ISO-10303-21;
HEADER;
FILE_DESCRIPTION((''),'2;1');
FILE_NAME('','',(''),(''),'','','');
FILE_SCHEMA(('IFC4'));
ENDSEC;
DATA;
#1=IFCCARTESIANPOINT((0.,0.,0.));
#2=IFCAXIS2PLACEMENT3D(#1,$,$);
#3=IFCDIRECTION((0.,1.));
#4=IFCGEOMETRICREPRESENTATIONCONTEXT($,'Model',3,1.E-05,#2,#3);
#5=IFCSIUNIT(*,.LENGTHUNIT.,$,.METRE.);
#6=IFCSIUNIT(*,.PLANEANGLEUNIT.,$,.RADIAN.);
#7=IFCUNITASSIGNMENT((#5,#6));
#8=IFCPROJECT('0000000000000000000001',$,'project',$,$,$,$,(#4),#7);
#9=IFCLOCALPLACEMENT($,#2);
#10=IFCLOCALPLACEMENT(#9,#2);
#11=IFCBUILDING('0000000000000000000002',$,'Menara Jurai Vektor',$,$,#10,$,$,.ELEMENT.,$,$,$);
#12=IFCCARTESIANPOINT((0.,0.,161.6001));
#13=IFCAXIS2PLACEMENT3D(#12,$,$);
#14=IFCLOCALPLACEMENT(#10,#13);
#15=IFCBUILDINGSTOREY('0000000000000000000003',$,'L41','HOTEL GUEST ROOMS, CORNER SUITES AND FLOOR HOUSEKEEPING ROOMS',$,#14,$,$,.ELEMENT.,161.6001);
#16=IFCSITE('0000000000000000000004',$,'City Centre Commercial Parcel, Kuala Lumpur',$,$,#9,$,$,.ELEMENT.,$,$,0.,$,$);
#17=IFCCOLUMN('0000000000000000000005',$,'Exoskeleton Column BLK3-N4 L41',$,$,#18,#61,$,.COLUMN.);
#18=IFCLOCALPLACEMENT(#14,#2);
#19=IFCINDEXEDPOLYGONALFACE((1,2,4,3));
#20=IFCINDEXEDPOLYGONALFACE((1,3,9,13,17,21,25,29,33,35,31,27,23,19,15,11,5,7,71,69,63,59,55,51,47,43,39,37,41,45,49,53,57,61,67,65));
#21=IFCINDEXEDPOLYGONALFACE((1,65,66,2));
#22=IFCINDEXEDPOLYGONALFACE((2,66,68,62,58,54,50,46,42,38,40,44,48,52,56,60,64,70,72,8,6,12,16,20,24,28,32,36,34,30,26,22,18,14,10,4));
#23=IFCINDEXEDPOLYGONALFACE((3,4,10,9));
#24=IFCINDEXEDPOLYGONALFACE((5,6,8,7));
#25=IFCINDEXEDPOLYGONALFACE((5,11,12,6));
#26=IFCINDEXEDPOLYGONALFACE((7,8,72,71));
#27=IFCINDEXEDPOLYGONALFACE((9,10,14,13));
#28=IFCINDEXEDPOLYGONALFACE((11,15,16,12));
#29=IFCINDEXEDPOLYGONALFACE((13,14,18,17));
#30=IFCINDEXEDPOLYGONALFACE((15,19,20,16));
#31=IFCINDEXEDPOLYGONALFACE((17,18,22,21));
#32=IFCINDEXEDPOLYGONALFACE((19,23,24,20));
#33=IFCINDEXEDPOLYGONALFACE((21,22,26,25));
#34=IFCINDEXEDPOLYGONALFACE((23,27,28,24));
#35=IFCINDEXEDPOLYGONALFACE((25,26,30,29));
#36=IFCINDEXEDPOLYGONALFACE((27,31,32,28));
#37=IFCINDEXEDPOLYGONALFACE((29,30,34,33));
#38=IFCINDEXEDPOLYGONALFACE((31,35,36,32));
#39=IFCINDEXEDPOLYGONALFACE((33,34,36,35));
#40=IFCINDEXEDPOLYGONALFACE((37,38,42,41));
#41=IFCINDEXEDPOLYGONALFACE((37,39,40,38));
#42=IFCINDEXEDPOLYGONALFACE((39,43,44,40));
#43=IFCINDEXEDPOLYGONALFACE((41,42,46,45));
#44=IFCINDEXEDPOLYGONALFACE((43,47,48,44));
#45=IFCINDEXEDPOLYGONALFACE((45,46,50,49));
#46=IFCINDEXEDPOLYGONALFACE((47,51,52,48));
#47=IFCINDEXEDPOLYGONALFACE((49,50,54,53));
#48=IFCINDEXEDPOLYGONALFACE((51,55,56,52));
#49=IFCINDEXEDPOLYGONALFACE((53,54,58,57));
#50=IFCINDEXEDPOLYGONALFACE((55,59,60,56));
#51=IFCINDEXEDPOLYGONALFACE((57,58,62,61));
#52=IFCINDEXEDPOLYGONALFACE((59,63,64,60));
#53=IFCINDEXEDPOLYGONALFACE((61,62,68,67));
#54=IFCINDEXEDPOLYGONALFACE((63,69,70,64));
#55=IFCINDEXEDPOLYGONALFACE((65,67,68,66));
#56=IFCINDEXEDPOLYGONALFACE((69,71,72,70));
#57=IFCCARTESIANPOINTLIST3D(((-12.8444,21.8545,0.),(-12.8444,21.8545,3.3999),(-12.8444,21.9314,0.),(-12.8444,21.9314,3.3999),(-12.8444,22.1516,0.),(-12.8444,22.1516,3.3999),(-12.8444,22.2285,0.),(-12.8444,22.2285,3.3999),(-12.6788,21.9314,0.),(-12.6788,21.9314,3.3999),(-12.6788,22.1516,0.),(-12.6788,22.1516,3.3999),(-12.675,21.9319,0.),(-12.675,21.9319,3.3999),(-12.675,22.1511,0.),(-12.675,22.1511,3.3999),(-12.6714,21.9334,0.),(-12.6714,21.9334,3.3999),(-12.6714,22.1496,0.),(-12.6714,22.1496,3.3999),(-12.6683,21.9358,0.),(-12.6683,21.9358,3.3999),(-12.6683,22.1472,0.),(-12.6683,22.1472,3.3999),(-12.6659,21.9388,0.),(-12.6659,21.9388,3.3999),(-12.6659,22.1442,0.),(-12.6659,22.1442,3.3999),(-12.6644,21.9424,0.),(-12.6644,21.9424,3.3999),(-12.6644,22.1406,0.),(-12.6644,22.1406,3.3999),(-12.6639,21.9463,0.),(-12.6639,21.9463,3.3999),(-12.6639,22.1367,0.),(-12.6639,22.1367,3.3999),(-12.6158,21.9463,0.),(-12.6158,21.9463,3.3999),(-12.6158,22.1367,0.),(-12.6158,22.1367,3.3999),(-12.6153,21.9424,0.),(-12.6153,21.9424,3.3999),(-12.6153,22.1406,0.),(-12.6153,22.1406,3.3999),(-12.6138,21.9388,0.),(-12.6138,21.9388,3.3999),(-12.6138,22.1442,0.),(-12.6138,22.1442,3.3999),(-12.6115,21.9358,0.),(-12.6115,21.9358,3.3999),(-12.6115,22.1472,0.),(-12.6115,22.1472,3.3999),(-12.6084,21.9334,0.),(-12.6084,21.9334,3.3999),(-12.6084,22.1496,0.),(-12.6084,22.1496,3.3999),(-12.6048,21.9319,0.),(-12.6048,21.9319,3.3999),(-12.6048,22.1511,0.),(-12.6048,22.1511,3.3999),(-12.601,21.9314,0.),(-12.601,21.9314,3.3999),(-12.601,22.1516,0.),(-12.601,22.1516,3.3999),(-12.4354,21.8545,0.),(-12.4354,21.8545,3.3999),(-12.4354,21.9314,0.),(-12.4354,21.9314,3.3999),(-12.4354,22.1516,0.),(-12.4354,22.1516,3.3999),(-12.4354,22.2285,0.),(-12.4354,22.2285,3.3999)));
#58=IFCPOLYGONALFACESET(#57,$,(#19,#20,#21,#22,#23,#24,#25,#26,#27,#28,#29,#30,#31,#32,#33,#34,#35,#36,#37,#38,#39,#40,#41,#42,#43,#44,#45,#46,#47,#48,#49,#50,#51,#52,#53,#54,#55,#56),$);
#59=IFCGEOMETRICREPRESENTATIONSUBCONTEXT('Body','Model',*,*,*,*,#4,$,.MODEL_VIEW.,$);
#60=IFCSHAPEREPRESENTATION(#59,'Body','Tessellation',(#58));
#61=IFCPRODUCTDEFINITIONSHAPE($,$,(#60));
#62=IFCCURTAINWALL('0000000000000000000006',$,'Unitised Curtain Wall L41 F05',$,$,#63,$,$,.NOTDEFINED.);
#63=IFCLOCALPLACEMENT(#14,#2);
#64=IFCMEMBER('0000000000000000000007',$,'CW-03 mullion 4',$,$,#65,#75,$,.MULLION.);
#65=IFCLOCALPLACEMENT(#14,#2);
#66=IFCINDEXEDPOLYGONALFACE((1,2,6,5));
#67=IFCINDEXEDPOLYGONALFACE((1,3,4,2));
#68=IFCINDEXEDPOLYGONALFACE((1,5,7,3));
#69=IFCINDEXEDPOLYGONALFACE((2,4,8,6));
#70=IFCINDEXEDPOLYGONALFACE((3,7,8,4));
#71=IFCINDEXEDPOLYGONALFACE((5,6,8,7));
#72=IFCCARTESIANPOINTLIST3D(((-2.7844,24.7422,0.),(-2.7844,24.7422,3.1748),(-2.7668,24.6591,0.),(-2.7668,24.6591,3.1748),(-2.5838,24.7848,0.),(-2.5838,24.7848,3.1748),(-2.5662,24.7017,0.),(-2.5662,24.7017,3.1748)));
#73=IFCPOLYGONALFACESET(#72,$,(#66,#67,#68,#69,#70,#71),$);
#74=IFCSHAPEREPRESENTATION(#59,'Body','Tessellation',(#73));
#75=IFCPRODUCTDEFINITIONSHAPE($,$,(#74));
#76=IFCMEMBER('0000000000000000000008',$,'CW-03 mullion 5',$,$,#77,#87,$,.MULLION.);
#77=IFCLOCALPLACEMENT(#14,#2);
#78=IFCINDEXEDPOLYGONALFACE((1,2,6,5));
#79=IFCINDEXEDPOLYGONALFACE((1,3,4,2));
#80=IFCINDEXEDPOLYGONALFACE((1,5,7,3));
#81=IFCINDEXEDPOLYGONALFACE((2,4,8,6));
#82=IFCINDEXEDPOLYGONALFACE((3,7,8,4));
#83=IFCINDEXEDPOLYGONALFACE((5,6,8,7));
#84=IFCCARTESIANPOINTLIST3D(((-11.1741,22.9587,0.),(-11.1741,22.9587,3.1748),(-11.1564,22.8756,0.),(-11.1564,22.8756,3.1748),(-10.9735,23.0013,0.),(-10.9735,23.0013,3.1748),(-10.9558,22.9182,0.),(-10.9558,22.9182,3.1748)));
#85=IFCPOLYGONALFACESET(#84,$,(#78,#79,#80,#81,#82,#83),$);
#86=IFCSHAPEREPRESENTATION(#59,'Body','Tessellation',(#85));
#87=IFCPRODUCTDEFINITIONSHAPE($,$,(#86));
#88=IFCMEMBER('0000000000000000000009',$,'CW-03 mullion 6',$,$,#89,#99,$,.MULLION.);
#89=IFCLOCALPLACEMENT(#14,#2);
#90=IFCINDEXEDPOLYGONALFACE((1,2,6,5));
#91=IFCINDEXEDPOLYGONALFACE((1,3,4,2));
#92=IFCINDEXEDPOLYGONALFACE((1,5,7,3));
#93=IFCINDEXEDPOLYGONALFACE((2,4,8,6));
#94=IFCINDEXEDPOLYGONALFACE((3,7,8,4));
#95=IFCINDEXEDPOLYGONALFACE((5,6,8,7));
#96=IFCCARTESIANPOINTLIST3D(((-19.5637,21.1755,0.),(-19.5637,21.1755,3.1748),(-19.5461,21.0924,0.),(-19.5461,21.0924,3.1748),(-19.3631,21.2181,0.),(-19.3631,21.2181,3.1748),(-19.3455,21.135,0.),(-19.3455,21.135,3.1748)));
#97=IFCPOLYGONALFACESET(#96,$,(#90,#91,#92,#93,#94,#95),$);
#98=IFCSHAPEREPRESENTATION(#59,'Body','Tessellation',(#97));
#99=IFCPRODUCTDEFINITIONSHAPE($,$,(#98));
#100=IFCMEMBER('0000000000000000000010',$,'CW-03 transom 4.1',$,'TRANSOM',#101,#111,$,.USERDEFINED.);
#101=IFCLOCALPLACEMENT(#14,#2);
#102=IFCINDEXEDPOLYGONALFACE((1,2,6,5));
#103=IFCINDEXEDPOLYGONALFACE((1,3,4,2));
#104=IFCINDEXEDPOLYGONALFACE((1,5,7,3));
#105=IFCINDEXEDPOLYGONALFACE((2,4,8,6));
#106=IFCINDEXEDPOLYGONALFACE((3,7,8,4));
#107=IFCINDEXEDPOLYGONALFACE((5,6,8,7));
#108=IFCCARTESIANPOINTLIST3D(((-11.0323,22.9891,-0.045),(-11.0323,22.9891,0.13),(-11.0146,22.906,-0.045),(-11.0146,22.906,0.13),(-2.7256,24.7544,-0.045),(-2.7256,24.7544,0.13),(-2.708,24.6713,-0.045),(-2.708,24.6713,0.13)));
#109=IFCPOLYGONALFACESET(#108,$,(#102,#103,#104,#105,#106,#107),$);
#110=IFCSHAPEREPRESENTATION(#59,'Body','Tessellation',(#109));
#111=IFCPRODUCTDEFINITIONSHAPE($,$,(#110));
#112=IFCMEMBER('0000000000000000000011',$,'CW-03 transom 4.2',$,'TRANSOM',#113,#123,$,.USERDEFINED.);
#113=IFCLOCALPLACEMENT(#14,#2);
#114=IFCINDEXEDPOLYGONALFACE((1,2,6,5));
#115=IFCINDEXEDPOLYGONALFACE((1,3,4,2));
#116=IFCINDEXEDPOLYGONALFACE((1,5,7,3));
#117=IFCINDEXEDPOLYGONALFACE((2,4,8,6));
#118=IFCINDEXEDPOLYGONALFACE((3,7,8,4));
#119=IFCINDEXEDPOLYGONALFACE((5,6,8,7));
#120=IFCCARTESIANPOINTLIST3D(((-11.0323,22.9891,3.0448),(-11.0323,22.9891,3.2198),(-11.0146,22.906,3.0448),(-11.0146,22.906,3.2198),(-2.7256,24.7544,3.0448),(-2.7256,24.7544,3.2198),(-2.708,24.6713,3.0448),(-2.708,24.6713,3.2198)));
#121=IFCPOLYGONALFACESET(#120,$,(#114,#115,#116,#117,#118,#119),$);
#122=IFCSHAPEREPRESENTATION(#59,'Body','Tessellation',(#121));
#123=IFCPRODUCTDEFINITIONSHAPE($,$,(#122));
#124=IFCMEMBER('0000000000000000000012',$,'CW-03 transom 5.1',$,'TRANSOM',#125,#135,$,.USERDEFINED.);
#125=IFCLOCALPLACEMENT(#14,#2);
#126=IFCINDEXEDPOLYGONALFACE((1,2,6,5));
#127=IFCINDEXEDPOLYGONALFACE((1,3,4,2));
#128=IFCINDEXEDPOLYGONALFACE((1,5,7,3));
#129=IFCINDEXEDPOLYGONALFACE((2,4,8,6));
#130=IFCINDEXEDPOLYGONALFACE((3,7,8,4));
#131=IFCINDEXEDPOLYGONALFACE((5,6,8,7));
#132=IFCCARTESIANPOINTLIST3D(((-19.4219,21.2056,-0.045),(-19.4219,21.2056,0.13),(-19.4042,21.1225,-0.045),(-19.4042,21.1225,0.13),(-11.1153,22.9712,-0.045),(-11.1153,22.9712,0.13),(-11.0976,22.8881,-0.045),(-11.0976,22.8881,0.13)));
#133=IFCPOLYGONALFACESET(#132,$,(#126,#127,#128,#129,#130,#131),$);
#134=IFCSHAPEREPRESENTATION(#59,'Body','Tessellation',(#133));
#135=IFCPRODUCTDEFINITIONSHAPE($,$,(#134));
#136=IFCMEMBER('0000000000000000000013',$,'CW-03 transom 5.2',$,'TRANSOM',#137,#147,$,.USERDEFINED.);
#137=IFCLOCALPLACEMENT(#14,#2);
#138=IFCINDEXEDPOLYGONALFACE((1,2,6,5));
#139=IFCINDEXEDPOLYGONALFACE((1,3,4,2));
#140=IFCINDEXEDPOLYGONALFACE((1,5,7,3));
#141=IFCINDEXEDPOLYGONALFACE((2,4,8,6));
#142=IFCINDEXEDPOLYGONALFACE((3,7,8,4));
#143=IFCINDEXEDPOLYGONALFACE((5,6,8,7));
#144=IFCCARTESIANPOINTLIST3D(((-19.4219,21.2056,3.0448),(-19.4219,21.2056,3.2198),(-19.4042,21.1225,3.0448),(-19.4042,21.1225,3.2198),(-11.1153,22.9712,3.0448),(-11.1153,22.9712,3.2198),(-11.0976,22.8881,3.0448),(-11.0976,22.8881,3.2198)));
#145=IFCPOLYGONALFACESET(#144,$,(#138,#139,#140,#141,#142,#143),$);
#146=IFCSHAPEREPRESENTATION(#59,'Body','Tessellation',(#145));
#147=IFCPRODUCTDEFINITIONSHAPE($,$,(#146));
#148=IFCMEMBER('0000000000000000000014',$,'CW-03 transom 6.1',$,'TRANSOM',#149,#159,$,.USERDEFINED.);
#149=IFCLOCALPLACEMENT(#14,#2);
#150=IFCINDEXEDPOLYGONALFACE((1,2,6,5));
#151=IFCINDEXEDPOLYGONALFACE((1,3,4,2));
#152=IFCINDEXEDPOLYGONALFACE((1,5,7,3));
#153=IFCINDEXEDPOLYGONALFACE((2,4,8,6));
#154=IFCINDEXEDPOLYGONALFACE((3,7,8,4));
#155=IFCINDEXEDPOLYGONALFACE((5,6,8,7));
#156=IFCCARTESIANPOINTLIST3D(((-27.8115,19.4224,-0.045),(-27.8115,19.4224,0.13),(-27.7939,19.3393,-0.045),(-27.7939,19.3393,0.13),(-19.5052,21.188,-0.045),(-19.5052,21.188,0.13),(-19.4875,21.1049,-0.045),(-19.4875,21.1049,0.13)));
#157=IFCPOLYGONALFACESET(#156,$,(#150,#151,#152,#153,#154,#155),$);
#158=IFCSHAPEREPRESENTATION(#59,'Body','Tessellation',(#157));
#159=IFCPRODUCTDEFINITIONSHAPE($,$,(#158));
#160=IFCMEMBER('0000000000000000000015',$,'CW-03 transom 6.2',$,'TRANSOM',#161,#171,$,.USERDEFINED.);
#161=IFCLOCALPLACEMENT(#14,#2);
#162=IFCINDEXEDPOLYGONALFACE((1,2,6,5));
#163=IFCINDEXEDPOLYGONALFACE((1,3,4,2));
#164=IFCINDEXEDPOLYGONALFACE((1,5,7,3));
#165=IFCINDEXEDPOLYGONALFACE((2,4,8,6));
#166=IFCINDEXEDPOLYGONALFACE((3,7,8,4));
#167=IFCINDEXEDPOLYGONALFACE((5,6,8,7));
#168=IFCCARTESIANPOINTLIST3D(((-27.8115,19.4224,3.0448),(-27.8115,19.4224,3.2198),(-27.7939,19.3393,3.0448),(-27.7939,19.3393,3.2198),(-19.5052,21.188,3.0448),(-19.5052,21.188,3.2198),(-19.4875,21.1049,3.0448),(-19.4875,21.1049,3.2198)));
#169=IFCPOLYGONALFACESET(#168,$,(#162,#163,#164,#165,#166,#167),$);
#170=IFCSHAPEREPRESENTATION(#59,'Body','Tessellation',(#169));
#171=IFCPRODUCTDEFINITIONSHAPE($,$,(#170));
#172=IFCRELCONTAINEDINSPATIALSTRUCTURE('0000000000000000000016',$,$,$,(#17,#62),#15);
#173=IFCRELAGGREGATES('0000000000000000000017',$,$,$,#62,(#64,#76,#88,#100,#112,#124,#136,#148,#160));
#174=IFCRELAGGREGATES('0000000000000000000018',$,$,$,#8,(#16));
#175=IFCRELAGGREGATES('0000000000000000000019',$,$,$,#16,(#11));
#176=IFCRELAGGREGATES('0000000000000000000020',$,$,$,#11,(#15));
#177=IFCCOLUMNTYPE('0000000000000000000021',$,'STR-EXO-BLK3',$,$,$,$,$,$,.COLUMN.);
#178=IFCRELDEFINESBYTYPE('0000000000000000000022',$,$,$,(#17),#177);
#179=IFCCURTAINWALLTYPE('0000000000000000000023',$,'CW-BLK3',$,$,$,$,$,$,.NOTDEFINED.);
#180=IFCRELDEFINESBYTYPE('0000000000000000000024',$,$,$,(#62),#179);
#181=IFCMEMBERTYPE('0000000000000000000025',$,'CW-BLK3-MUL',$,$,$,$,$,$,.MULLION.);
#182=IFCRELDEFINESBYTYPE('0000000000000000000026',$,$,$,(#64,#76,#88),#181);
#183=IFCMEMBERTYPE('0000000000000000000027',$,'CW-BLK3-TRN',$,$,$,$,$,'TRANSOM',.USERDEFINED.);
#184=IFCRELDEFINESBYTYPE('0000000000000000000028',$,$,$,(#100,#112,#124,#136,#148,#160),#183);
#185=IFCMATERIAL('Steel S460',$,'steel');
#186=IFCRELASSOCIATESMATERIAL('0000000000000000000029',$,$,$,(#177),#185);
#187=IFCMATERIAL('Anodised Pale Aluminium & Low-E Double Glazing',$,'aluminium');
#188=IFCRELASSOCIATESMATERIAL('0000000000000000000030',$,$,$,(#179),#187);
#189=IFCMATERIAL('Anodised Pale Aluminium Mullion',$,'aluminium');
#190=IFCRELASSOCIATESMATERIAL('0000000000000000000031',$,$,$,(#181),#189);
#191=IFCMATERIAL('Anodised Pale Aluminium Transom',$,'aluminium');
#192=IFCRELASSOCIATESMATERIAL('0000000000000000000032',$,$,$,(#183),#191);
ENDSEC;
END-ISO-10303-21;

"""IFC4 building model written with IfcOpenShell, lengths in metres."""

from ifc_helpers import new_model, si_unit, direction, frame, origin, origin_2d, place, context, subcontext, project, spatial, rectangle, i_section, extrude, material, material_profile, profile_set, type_object, element, aggregate, save


model = new_model("IFC4")

# Units and contexts
model_context = context("Model", 3, precision=1e-05, world=origin(), true_north=direction((0.0, 1.0)))
body_context = subcontext(model_context, "Body", "Model", "MODEL_VIEW")
ifc_project = project(units=[si_unit("LENGTHUNIT", "METRE"), si_unit("PLANEANGLEUNIT", "RADIAN")], contexts=[model_context])

# Site, building, storey
site_placement = place(None, origin())
site = spatial("IfcSite", under=ifc_project, at=site_placement, Name="City Centre Commercial Parcel, Kuala Lumpur", CompositionType="ELEMENT", RefElevation=0.0)
building_placement = place(site_placement, origin())
building = spatial("IfcBuilding", under=site, at=building_placement, Name="Menara Jurai Vektor", CompositionType="ELEMENT")
storey_placement = place(building_placement, frame((0.0, 0.0, 161.6001)))
storey = spatial("IfcBuildingStorey", under=building, at=storey_placement, Name="L41", Description="HOTEL GUEST ROOMS, CORNER SUITES AND FLOOR HOUSEKEEPING ROOMS", CompositionType="ELEMENT", Elevation=161.6001)

# Column
ifc_material_1 = material(Name="Steel S460", Category="steel")
ifc_material_profile_1 = material_profile(ifc_material_1, i_section(OverallWidth=0.4089, OverallDepth=0.374, WebThickness=0.0481, FlangeThickness=0.0769, FilletRadius=0.0149, at=origin_2d()), Name="HD 400x634")
ifc_profile_set_1 = profile_set([ifc_material_profile_1], Name="Steel S460")
column_type = type_object("IfcColumnType", Name="STR-EXO-BLK3", PredefinedType="COLUMN", material=ifc_profile_set_1)
column_placement = place(storey_placement, frame((-12.6399, 22.0415, 0.0), z_axis=(0.0, 0.0, 1.0), x_axis=(1.0, 0.0, 0.0)))
element("IfcColumn", 1, at=column_placement, inside=storey, type_object=column_type, Name="Exoskeleton Column BLK3-N4 L41", PredefinedType="COLUMN", context=body_context, shape_type="SweptSolid", body=[
    extrude(i_section(OverallWidth=0.4089, OverallDepth=0.374, WebThickness=0.0481, FlangeThickness=0.0769, FilletRadius=0.0149, at=origin_2d()), origin(), (0.0, 0.0, 1.0), 3.3999),
])

# Curtain wall, members
ifc_material_2 = material(Name="Anodised Pale Aluminium & Low-E Double Glazing", Category="aluminium")
curtain_wall_type = type_object("IfcCurtainWallType", Name="CW-BLK3", PredefinedType="NOTDEFINED", material=ifc_material_2)
curtain_wall_placement = place(storey_placement, origin())
curtain_wall = element("IfcCurtainWall", 2, at=curtain_wall_placement, inside=storey, type_object=curtain_wall_type, Name="Unitised Curtain Wall L41 F05", PredefinedType="NOTDEFINED")
ifc_material_3 = material(Name="Anodised Pale Aluminium Mullion", Category="aluminium")
ifc_material_profile_2 = material_profile(ifc_material_3, rectangle(XDim=0.085, YDim=0.2051, at=origin_2d()), Name="ALU MUL 85x205")
ifc_profile_set_2 = profile_set([ifc_material_profile_2], Name="Anodised Pale Aluminium Mullion")
member_type_1 = type_object("IfcMemberType", Name="CW-BLK3-MUL", PredefinedType="MULLION", material=ifc_profile_set_2)
member_1_placement = place(storey_placement, frame((-2.6753, 24.7219, 0.0), z_axis=(0.0, 0.0, 1.0), x_axis=(0.207911, -0.978148, 0.0)))
member_1 = element("IfcMember", 3, at=member_1_placement, type_object=member_type_1, Name="CW-03 mullion 4", PredefinedType="MULLION", context=body_context, shape_type="SweptSolid", body=[
    extrude(rectangle(XDim=0.085, YDim=0.2051, at=origin_2d()), origin(), (0.0, 0.0, 1.0), 3.1748),
])
member_2_placement = place(storey_placement, frame((-11.0649, 22.9385, 0.0), z_axis=(0.0, 0.0, 1.0), x_axis=(0.207911, -0.978148, 0.0)))
member_2 = element("IfcMember", 4, at=member_2_placement, type_object=member_type_1, Name="CW-03 mullion 5", PredefinedType="MULLION", context=body_context, shape_type="SweptSolid", body=[
    extrude(rectangle(XDim=0.085, YDim=0.2051, at=origin_2d()), origin(), (0.0, 0.0, 1.0), 3.1748),
])
member_3_placement = place(storey_placement, frame((-19.4546, 21.1553, 0.0), z_axis=(0.0, 0.0, 1.0), x_axis=(0.207911, -0.978148, 0.0)))
member_3 = element("IfcMember", 5, at=member_3_placement, type_object=member_type_1, Name="CW-03 mullion 6", PredefinedType="MULLION", context=body_context, shape_type="SweptSolid", body=[
    extrude(rectangle(XDim=0.085, YDim=0.2051, at=origin_2d()), origin(), (0.0, 0.0, 1.0), 3.1748),
])
ifc_material_4 = material(Name="Anodised Pale Aluminium Transom", Category="aluminium")
ifc_material_profile_3 = material_profile(ifc_material_4, rectangle(XDim=0.085, YDim=0.175, at=origin_2d()), Name="ALU TRN 85x175")
ifc_profile_set_3 = profile_set([ifc_material_profile_3], Name="Anodised Pale Aluminium Transom")
member_type_2 = type_object("IfcMemberType", Name="CW-BLK3-TRN", ElementType="TRANSOM", PredefinedType="USERDEFINED", material=ifc_profile_set_3)
member_4_placement = place(storey_placement, frame((-2.7168, 24.7129, 0.0425), z_axis=(-0.978154, -0.207884, 0.0), x_axis=(0.207884, -0.978154, 0.0)))
member_4 = element("IfcMember", 6, at=member_4_placement, type_object=member_type_2, Name="CW-03 transom 4.1", ObjectType="TRANSOM", PredefinedType="USERDEFINED", context=body_context, shape_type="SweptSolid", body=[
    extrude(rectangle(XDim=0.085, YDim=0.175, at=origin_2d()), origin(), (0.0, 0.0, 1.0), 8.4922),
])
member_5_placement = place(storey_placement, frame((-2.7168, 24.7129, 3.1323), z_axis=(-0.978154, -0.207884, 0.0), x_axis=(0.207884, -0.978154, 0.0)))
member_5 = element("IfcMember", 7, at=member_5_placement, type_object=member_type_2, Name="CW-03 transom 4.2", ObjectType="TRANSOM", PredefinedType="USERDEFINED", context=body_context, shape_type="SweptSolid", body=[
    extrude(rectangle(XDim=0.085, YDim=0.175, at=origin_2d()), origin(), (0.0, 0.0, 1.0), 8.4922),
])
member_6_placement = place(storey_placement, frame((-11.1064, 22.9297, 0.0425), z_axis=(-0.978148, -0.207911, 0.0), x_axis=(0.207911, -0.978148, 0.0)))
member_6 = element("IfcMember", 8, at=member_6_placement, type_object=member_type_2, Name="CW-03 transom 5.1", ObjectType="TRANSOM", PredefinedType="USERDEFINED", context=body_context, shape_type="SweptSolid", body=[
    extrude(rectangle(XDim=0.085, YDim=0.175, at=origin_2d()), origin(), (0.0, 0.0, 1.0), 8.4922),
])
member_7_placement = place(storey_placement, frame((-11.1064, 22.9297, 3.1323), z_axis=(-0.978148, -0.207911, 0.0), x_axis=(0.207911, -0.978148, 0.0)))
member_7 = element("IfcMember", 9, at=member_7_placement, type_object=member_type_2, Name="CW-03 transom 5.2", ObjectType="TRANSOM", PredefinedType="USERDEFINED", context=body_context, shape_type="SweptSolid", body=[
    extrude(rectangle(XDim=0.085, YDim=0.175, at=origin_2d()), origin(), (0.0, 0.0, 1.0), 8.4922),
])
member_8_placement = place(storey_placement, frame((-19.4963, 21.1465, 0.0425), z_axis=(-0.978147, -0.207917, 0.0), x_axis=(0.207917, -0.978147, 0.0)))
member_8 = element("IfcMember", 10, at=member_8_placement, type_object=member_type_2, Name="CW-03 transom 6.1", ObjectType="TRANSOM", PredefinedType="USERDEFINED", context=body_context, shape_type="SweptSolid", body=[
    extrude(rectangle(XDim=0.085, YDim=0.175, at=origin_2d()), origin(), (0.0, 0.0, 1.0), 8.4919),
])
member_9_placement = place(storey_placement, frame((-19.4963, 21.1465, 3.1323), z_axis=(-0.978147, -0.207917, 0.0), x_axis=(0.207917, -0.978147, 0.0)))
member_9 = element("IfcMember", 11, at=member_9_placement, type_object=member_type_2, Name="CW-03 transom 6.2", ObjectType="TRANSOM", PredefinedType="USERDEFINED", context=body_context, shape_type="SweptSolid", body=[
    extrude(rectangle(XDim=0.085, YDim=0.175, at=origin_2d()), origin(), (0.0, 0.0, 1.0), 8.4919),
])

aggregate(curtain_wall, [member_1, member_2, member_3, member_4, member_5, member_6, member_7, member_8, member_9])

save(model, "model.ifc")
